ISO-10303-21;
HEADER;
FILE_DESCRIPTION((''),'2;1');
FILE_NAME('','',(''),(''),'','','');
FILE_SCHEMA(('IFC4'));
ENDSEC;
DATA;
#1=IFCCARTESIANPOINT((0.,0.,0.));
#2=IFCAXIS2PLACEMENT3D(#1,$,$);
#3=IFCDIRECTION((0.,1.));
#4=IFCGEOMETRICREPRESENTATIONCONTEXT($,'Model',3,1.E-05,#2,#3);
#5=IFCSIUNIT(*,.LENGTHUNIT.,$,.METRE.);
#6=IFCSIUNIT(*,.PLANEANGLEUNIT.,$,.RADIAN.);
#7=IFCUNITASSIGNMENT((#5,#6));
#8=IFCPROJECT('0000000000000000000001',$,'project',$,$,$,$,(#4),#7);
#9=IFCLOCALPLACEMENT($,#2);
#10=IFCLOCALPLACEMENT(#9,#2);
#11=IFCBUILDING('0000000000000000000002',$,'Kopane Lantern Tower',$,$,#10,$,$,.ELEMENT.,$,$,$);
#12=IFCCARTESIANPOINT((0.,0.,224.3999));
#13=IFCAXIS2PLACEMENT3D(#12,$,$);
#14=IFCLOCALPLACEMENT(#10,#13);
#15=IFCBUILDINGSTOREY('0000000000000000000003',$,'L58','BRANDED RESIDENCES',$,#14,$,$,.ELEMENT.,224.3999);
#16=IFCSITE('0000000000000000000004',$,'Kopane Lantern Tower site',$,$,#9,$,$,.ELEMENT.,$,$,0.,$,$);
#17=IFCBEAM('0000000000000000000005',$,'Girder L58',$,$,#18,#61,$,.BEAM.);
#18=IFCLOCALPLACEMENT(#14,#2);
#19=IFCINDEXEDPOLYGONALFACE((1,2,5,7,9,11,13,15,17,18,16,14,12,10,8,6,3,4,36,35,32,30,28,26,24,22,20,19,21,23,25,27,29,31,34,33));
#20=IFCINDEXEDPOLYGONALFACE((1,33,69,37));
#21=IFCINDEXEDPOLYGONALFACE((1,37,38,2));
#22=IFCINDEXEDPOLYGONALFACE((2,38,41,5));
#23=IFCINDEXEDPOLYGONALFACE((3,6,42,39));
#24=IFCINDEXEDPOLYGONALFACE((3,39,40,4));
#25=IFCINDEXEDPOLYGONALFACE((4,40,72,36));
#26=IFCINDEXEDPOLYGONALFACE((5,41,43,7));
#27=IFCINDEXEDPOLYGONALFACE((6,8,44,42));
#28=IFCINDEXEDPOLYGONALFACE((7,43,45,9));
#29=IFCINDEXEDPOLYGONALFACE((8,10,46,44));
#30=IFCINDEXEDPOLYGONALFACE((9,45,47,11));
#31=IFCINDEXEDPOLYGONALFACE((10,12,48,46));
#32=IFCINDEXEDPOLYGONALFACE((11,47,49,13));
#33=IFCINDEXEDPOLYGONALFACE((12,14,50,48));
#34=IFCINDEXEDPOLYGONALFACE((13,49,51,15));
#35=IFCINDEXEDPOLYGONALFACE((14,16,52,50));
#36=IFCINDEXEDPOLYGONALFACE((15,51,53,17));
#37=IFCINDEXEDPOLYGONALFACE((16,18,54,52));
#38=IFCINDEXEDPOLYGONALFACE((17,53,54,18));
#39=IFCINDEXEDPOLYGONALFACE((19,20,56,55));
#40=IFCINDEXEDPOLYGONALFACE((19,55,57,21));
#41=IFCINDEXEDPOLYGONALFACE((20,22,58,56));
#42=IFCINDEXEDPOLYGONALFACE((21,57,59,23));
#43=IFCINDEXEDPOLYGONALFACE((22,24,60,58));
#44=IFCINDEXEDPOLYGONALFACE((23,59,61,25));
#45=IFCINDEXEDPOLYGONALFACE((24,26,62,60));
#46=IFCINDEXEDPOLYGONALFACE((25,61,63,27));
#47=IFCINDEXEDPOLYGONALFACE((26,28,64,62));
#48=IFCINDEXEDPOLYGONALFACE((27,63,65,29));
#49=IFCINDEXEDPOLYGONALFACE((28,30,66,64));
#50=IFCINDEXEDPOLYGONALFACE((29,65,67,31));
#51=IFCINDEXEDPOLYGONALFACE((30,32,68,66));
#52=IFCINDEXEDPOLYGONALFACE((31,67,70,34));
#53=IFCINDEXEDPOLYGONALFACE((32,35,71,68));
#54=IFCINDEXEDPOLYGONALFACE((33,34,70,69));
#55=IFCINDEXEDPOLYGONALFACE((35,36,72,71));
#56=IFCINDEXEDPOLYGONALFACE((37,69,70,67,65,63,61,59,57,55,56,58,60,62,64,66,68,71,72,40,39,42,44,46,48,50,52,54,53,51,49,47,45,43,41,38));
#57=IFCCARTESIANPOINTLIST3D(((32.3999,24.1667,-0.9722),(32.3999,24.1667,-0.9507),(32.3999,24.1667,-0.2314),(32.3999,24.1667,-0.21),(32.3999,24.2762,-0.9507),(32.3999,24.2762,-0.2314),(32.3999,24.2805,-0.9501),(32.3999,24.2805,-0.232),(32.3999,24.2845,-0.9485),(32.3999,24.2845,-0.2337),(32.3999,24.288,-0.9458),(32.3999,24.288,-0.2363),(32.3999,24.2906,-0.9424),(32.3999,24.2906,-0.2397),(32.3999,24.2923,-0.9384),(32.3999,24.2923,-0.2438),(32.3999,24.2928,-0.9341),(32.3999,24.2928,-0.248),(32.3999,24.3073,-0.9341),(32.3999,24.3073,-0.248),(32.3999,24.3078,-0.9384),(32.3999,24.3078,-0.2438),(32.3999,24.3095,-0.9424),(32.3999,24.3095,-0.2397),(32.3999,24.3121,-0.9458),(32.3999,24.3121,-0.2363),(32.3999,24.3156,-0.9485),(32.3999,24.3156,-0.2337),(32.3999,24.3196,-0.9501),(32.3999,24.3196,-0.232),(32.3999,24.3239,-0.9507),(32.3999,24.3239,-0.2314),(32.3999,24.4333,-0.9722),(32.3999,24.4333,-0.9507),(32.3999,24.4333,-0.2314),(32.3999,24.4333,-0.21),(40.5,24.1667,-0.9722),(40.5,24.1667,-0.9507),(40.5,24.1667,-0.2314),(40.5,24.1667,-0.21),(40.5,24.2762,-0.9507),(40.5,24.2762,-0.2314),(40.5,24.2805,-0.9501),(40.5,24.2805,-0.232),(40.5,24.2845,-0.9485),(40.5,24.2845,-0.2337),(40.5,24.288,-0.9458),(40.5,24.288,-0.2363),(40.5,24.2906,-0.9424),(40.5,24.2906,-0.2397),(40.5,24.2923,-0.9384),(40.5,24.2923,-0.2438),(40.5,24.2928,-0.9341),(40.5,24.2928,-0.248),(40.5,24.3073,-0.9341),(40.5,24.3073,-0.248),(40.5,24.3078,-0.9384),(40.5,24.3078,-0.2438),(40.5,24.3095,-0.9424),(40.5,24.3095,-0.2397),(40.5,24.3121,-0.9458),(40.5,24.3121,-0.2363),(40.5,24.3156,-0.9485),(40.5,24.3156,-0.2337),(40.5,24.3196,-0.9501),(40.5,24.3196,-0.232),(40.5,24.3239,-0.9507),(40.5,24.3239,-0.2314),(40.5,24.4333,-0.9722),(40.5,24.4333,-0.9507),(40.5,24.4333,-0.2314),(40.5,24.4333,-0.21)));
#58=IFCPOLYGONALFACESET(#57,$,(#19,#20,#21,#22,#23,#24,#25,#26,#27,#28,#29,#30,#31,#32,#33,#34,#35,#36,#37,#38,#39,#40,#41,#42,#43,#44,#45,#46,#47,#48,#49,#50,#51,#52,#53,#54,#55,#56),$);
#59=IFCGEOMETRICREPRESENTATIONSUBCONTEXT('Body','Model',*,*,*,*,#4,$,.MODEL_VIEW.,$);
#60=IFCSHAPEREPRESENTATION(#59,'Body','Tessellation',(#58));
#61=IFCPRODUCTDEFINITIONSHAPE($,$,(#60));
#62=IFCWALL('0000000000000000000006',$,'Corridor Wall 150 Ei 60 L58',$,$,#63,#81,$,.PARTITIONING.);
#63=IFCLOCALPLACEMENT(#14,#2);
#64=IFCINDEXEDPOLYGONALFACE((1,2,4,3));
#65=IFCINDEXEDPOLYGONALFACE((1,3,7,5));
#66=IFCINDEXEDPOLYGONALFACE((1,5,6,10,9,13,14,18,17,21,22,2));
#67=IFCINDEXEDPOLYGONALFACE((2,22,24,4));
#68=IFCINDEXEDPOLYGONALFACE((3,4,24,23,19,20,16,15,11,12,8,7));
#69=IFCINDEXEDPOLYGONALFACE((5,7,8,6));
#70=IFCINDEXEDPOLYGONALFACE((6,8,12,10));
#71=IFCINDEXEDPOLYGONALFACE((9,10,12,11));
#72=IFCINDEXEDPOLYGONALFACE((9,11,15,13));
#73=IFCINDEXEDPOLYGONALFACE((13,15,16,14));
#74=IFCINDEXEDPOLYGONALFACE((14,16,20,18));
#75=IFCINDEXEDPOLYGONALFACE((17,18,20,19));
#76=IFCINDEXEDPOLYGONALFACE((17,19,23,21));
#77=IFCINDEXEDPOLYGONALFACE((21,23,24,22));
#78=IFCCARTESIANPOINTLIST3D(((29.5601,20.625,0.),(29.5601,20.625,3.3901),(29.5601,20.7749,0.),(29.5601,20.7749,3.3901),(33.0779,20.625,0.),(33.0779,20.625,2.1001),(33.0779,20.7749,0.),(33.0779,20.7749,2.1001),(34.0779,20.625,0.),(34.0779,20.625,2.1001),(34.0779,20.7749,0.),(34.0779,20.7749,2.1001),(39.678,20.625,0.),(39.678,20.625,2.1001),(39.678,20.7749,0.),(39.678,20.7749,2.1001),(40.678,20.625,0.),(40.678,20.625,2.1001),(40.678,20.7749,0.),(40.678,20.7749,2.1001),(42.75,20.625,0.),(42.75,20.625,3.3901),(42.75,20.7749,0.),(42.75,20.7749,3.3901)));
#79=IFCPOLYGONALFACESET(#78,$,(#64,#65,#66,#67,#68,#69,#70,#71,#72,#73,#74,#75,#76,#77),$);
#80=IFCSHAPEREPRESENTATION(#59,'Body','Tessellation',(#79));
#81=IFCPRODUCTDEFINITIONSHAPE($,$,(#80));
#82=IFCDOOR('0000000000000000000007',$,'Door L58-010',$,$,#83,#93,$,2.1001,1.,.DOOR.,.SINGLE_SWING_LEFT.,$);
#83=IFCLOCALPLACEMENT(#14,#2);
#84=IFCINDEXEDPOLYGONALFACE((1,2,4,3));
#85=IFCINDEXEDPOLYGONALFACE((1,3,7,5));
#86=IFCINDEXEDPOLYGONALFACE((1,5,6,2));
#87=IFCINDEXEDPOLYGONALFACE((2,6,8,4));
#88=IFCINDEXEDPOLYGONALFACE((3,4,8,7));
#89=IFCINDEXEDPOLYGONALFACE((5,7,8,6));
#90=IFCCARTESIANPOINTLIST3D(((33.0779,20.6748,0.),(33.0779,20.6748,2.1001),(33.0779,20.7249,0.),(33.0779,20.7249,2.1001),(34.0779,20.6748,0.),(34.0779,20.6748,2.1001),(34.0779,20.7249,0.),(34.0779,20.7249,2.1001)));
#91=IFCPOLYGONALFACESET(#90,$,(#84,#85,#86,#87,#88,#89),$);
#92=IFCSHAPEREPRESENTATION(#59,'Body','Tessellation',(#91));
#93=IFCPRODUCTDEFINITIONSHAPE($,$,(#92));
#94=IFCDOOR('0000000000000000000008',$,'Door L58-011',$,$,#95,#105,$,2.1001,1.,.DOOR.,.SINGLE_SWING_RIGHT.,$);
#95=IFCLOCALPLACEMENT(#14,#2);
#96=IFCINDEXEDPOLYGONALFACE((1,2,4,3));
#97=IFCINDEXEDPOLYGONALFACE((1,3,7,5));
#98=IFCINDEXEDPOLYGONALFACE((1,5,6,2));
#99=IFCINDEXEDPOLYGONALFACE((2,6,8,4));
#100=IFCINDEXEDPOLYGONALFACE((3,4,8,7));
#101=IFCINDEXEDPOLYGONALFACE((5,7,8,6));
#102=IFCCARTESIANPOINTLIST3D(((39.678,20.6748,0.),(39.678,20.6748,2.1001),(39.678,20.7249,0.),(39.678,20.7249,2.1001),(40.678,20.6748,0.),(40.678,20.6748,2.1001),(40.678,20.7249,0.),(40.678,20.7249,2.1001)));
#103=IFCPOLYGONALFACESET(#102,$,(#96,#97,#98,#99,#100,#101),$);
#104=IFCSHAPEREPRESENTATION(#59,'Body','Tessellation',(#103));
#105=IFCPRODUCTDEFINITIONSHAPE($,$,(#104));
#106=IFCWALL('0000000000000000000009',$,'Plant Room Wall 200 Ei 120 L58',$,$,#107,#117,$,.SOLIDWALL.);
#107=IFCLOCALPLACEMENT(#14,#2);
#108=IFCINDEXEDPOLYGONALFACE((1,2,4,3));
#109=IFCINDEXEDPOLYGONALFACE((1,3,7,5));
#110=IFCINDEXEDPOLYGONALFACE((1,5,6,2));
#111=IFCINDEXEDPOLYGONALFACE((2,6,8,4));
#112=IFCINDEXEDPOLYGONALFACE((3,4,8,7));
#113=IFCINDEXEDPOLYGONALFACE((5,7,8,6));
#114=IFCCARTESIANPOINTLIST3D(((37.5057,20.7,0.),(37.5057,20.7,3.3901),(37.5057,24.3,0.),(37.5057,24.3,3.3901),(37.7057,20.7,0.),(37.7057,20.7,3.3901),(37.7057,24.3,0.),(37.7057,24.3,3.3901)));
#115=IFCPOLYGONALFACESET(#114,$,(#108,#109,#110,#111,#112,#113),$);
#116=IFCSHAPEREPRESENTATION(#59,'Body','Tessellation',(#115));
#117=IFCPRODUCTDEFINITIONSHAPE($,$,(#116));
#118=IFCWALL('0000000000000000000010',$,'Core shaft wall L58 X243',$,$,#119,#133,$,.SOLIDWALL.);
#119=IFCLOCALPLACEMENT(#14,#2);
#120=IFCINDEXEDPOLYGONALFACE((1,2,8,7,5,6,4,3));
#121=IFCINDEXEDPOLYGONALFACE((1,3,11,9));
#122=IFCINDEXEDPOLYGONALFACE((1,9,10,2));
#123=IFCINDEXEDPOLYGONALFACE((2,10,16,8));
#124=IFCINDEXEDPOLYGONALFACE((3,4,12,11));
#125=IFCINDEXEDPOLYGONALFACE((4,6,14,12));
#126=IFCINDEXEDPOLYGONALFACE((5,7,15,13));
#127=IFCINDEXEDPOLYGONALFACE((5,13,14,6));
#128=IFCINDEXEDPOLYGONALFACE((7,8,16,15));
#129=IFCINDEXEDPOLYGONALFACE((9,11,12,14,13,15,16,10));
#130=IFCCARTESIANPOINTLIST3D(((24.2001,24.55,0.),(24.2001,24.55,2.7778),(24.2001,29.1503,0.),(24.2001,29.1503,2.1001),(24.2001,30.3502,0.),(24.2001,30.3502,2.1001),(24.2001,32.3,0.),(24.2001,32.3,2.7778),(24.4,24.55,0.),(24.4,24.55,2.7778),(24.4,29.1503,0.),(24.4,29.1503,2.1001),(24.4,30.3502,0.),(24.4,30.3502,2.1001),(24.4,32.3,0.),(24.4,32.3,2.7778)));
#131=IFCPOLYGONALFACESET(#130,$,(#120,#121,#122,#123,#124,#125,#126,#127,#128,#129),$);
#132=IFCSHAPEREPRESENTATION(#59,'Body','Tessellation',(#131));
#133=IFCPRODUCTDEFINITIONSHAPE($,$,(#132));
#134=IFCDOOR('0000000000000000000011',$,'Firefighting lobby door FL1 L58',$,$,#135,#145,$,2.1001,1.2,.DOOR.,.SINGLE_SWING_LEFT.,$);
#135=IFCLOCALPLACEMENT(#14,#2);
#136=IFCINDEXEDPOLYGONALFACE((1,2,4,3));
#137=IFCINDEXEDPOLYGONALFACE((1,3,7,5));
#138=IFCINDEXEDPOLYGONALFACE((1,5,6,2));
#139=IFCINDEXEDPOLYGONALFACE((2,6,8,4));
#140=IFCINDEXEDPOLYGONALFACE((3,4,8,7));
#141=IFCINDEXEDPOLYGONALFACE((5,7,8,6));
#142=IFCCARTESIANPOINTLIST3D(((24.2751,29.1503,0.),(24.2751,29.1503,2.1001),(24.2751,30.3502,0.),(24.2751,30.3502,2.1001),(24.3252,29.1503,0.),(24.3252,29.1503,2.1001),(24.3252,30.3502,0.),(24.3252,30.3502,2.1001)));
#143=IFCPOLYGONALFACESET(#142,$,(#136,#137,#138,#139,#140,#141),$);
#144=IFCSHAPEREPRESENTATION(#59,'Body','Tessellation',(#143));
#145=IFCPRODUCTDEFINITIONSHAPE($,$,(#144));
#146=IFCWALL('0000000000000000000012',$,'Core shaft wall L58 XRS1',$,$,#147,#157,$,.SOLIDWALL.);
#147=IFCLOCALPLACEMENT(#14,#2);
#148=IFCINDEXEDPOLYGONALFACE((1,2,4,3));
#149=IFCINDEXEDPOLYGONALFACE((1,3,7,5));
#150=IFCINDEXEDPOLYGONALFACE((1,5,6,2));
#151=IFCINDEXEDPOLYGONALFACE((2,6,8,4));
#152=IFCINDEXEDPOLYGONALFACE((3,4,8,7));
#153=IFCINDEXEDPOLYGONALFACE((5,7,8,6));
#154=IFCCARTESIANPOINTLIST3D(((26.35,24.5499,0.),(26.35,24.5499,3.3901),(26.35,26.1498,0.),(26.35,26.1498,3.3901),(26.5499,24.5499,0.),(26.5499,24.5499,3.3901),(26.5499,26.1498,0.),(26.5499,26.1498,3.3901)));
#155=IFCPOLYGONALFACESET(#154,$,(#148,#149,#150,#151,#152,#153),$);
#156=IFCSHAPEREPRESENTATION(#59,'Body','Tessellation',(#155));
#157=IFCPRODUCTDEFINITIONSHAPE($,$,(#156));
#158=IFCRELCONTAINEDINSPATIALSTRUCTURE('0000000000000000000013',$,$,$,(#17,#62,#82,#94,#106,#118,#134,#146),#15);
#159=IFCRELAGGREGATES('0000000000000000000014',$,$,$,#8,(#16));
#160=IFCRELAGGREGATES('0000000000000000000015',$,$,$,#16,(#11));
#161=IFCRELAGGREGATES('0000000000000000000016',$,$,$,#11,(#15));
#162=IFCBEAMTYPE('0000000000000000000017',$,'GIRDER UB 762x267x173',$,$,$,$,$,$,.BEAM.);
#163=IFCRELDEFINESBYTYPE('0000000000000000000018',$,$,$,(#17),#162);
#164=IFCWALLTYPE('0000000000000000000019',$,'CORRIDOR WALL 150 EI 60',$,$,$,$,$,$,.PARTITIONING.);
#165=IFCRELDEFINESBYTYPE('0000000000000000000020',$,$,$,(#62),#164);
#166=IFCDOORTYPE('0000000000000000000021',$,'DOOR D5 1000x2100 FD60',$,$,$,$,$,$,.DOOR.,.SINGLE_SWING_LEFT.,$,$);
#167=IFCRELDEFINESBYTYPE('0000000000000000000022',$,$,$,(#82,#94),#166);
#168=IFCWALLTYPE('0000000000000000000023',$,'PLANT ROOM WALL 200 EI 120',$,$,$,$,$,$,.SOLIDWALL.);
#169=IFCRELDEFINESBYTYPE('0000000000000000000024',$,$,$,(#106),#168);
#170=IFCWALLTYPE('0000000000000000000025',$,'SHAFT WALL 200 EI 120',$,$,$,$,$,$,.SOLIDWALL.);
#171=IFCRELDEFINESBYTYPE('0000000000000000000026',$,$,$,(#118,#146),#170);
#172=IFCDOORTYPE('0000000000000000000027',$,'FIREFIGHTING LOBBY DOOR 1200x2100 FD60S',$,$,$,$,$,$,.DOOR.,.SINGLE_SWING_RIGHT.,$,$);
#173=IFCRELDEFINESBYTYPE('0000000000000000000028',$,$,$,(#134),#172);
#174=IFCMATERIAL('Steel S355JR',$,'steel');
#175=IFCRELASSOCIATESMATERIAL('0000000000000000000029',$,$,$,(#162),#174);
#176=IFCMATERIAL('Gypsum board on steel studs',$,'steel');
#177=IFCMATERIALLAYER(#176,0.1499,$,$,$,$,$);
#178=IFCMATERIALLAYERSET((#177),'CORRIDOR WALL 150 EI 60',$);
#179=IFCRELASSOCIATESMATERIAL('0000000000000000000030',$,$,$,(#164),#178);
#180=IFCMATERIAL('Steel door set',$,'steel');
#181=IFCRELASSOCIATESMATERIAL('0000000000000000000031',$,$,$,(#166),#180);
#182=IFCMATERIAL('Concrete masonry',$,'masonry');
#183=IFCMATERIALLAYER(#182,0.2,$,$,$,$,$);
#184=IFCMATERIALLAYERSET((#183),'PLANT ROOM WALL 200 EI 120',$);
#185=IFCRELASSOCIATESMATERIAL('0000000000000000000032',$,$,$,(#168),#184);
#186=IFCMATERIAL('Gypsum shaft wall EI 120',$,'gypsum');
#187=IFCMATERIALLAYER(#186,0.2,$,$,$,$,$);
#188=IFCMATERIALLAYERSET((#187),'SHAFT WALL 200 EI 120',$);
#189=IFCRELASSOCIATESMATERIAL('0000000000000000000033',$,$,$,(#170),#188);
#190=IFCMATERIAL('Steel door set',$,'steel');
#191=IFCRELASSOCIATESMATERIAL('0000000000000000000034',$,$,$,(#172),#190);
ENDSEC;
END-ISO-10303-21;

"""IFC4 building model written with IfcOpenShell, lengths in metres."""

from ifc_helpers import new_model, si_unit, direction, frame, frame_2d, origin, origin_2d, place, context, subcontext, project, spatial, rectangle, i_section, extrude, material, layer, layer_set, material_profile, profile_set, type_object, element, fill, save


model = new_model("IFC4")

# Units and contexts
model_context = context("Model", 3, precision=1e-05, world=origin(), true_north=direction((0.0, 1.0)))
body_context = subcontext(model_context, "Body", "Model", "MODEL_VIEW")
ifc_project = project(units=[si_unit("LENGTHUNIT", "METRE"), si_unit("PLANEANGLEUNIT", "RADIAN")], contexts=[model_context])

# Site, building, storey
site_placement = place(None, origin())
site = spatial("IfcSite", under=ifc_project, at=site_placement, Name="Kopane Lantern Tower site", CompositionType="ELEMENT", RefElevation=0.0)
building_placement = place(site_placement, origin())
building = spatial("IfcBuilding", under=site, at=building_placement, Name="Kopane Lantern Tower", CompositionType="ELEMENT")
storey_placement = place(building_placement, frame((0.0, 0.0, 224.3999)))
storey = spatial("IfcBuildingStorey", under=building, at=storey_placement, Name="L58", Description="BRANDED RESIDENCES", CompositionType="ELEMENT", Elevation=224.3999)

# Beam
ifc_material_1 = material(Name="Steel S355JR", Category="steel")
ifc_material_profile_1 = material_profile(ifc_material_1, i_section(OverallWidth=0.2666, OverallDepth=0.7622, WebThickness=0.0144, FlangeThickness=0.0215, FilletRadius=0.0166, at=origin_2d()), Name="UB 762x267x173")
ifc_profile_set_1 = profile_set([ifc_material_profile_1], Name="Steel S355JR")
beam_type_1 = type_object("IfcBeamType", Name="GIRDER UB 762x267x173", PredefinedType="BEAM", material=ifc_profile_set_1)
beam_1_placement = place(storey_placement, frame((32.3999, 24.3, -0.5911), z_axis=(1.0, 0.0, 0.0), x_axis=(0.0, 1.0, 0.0)))
element("IfcBeam", 1, at=beam_1_placement, inside=storey, type_object=beam_type_1, Name="Girder L58", PredefinedType="BEAM", context=body_context, shape_type="SweptSolid", body=[
    extrude(i_section(OverallWidth=0.2666, OverallDepth=0.7622, WebThickness=0.0144, FlangeThickness=0.0215, FilletRadius=0.0166, at=origin_2d()), origin(), (0.0, 0.0, 1.0), 8.1001),
])

# Wall, openings, doors
ifc_material_2 = material(Name="Gypsum board on steel studs", Category="steel")
ifc_layer_1 = layer(ifc_material_2, 0.1499)
ifc_layer_set_1 = layer_set([ifc_layer_1], Name="CORRIDOR WALL 150 EI 60")
wall_type_1 = type_object("IfcWallType", Name="CORRIDOR WALL 150 EI 60", PredefinedType="PARTITIONING", material=ifc_layer_set_1)
wall_1_placement = place(storey_placement, frame((29.5601, 20.7, 0.0), z_axis=(0.0, 0.0, 1.0), x_axis=(1.0, 0.0, 0.0)))
wall_1 = element("IfcWall", 2, at=wall_1_placement, inside=storey, type_object=wall_type_1, Name="Corridor Wall 150 Ei 60 L58", PredefinedType="PARTITIONING", context=body_context, shape_type="SweptSolid", body=[
    extrude(rectangle(XDim=13.1899, YDim=0.1499, at=frame_2d((6.595, 0.0))), origin(), (0.0, 0.0, 1.0), 3.3901),
])
opening_1_placement = place(wall_1_placement, frame((3.5178, 0.0, 0.0)))
opening_1 = element("IfcOpeningElement", 3, at=opening_1_placement, cuts=wall_1, PredefinedType="OPENING", context=body_context, shape_type="SweptSolid", body=[
    extrude(rectangle(XDim=1.0, YDim=2.1001, at=frame_2d((0.5, 1.05))), frame((0.0, 0.085, 0.0), z_axis=(0.0, -1.0, 0.0), x_axis=(1.0, 0.0, 0.0)), (0.0, 0.0, 1.0), 0.1699),
])
opening_2_placement = place(wall_1_placement, frame((10.1179, 0.0, 0.0)))
opening_2 = element("IfcOpeningElement", 4, at=opening_2_placement, cuts=wall_1, PredefinedType="OPENING", context=body_context, shape_type="SweptSolid", body=[
    extrude(rectangle(XDim=1.0, YDim=2.1001, at=frame_2d((0.5, 1.05))), frame((0.0, 0.085, 0.0), z_axis=(0.0, -1.0, 0.0), x_axis=(1.0, 0.0, 0.0)), (0.0, 0.0, 1.0), 0.1699),
])
ifc_material_3 = material(Name="Steel door set", Category="steel")
door_type_1 = type_object("IfcDoorType", Name="DOOR D5 1000x2100 FD60", OperationType="SINGLE_SWING_LEFT", PredefinedType="DOOR", material=ifc_material_3)
door_1_placement = place(opening_1_placement, origin())
door_1 = element("IfcDoor", 5, at=door_1_placement, inside=storey, type_object=door_type_1, Name="Door L58-010", OperationType="SINGLE_SWING_LEFT", OverallHeight=2.1001, OverallWidth=1.0, PredefinedType="DOOR", context=body_context, shape_type="SweptSolid", body=[
    extrude(rectangle(XDim=1.0, YDim=2.1001, at=frame_2d((0.5, 1.05))), frame((0.0, 0.0249, 0.0), z_axis=(0.0, -1.0, 0.0), x_axis=(1.0, 0.0, 0.0)), (0.0, 0.0, 1.0), 0.05),
])
fill(opening_1, door_1)
door_2_placement = place(opening_2_placement, origin())
door_2 = element("IfcDoor", 6, at=door_2_placement, inside=storey, type_object=door_type_1, Name="Door L58-011", OperationType="SINGLE_SWING_RIGHT", OverallHeight=2.1001, OverallWidth=1.0, PredefinedType="DOOR", context=body_context, shape_type="SweptSolid", body=[
    extrude(rectangle(XDim=1.0, YDim=2.1001, at=frame_2d((0.5, 1.05))), frame((0.0, 0.0249, 0.0), z_axis=(0.0, -1.0, 0.0), x_axis=(1.0, 0.0, 0.0)), (0.0, 0.0, 1.0), 0.05),
])
fill(opening_2, door_2)

# Wall
ifc_material_4 = material(Name="Concrete masonry", Category="masonry")
ifc_layer_2 = layer(ifc_material_4, 0.2)
ifc_layer_set_2 = layer_set([ifc_layer_2], Name="PLANT ROOM WALL 200 EI 120")
wall_type_2 = type_object("IfcWallType", Name="PLANT ROOM WALL 200 EI 120", PredefinedType="SOLIDWALL", material=ifc_layer_set_2)
wall_2_placement = place(storey_placement, frame((37.6057, 20.7, 0.0), z_axis=(0.0, 0.0, 1.0), x_axis=(0.0, 1.0, 0.0)))
element("IfcWall", 7, at=wall_2_placement, inside=storey, type_object=wall_type_2, Name="Plant Room Wall 200 Ei 120 L58", PredefinedType="SOLIDWALL", context=body_context, shape_type="SweptSolid", body=[
    extrude(rectangle(XDim=3.6001, YDim=0.2, at=frame_2d((1.8, 0.0))), origin(), (0.0, 0.0, 1.0), 3.3901),
])

# Wall, opening, door
ifc_material_5 = material(Name="Gypsum shaft wall EI 120", Category="gypsum")
ifc_layer_3 = layer(ifc_material_5, 0.2)
ifc_layer_set_3 = layer_set([ifc_layer_3], Name="SHAFT WALL 200 EI 120")
wall_type_3 = type_object("IfcWallType", Name="SHAFT WALL 200 EI 120", PredefinedType="SOLIDWALL", material=ifc_layer_set_3)
wall_3_placement = place(storey_placement, frame((24.3, 24.55, 0.0), z_axis=(0.0, 0.0, 1.0), x_axis=(0.0, 1.0, 0.0)))
wall_3 = element("IfcWall", 8, at=wall_3_placement, inside=storey, type_object=wall_type_3, Name="Core shaft wall L58 X243", PredefinedType="SOLIDWALL", context=body_context, shape_type="SweptSolid", body=[
    extrude(rectangle(XDim=7.75, YDim=0.2, at=frame_2d((3.875, 0.0))), origin(), (0.0, 0.0, 1.0), 2.7778),
])
opening_3_placement = place(wall_3_placement, frame((4.6001, 0.0, 0.0)))
opening_3 = element("IfcOpeningElement", 9, at=opening_3_placement, cuts=wall_3, PredefinedType="OPENING", context=body_context, shape_type="SweptSolid", body=[
    extrude(rectangle(XDim=1.2, YDim=2.1001, at=frame_2d((0.6001, 1.05))), frame((0.0, 0.1099, 0.0), z_axis=(0.0, -1.0, 0.0), x_axis=(1.0, 0.0, 0.0)), (0.0, 0.0, 1.0), 0.22),
])
ifc_material_6 = material(Name="Steel door set", Category="steel")
door_type_2 = type_object("IfcDoorType", Name="FIREFIGHTING LOBBY DOOR 1200x2100 FD60S", OperationType="SINGLE_SWING_RIGHT", PredefinedType="DOOR", material=ifc_material_6)
door_3_placement = place(opening_3_placement, origin())
door_3 = element("IfcDoor", 10, at=door_3_placement, inside=storey, type_object=door_type_2, Name="Firefighting lobby door FL1 L58", OperationType="SINGLE_SWING_LEFT", OverallHeight=2.1001, OverallWidth=1.2, PredefinedType="DOOR", context=body_context, shape_type="SweptSolid", body=[
    extrude(rectangle(XDim=1.2, YDim=2.1001, at=frame_2d((0.6001, 1.05))), frame((0.0, 0.0249, 0.0), z_axis=(0.0, -1.0, 0.0), x_axis=(1.0, 0.0, 0.0)), (0.0, 0.0, 1.0), 0.05),
])
fill(opening_3, door_3)

# Wall
wall_4_placement = place(storey_placement, frame((26.45, 24.55, 0.0), z_axis=(0.0, 0.0, 1.0), x_axis=(0.0, 1.0, 0.0)))
element("IfcWall", 11, at=wall_4_placement, inside=storey, type_object=wall_type_3, Name="Core shaft wall L58 XRS1", PredefinedType="SOLIDWALL", context=body_context, shape_type="SweptSolid", body=[
    extrude(rectangle(XDim=1.5999, YDim=0.2, at=frame_2d((0.7998, 0.0))), origin(), (0.0, 0.0, 1.0), 3.3901),
])

save(model, "model.ifc")
